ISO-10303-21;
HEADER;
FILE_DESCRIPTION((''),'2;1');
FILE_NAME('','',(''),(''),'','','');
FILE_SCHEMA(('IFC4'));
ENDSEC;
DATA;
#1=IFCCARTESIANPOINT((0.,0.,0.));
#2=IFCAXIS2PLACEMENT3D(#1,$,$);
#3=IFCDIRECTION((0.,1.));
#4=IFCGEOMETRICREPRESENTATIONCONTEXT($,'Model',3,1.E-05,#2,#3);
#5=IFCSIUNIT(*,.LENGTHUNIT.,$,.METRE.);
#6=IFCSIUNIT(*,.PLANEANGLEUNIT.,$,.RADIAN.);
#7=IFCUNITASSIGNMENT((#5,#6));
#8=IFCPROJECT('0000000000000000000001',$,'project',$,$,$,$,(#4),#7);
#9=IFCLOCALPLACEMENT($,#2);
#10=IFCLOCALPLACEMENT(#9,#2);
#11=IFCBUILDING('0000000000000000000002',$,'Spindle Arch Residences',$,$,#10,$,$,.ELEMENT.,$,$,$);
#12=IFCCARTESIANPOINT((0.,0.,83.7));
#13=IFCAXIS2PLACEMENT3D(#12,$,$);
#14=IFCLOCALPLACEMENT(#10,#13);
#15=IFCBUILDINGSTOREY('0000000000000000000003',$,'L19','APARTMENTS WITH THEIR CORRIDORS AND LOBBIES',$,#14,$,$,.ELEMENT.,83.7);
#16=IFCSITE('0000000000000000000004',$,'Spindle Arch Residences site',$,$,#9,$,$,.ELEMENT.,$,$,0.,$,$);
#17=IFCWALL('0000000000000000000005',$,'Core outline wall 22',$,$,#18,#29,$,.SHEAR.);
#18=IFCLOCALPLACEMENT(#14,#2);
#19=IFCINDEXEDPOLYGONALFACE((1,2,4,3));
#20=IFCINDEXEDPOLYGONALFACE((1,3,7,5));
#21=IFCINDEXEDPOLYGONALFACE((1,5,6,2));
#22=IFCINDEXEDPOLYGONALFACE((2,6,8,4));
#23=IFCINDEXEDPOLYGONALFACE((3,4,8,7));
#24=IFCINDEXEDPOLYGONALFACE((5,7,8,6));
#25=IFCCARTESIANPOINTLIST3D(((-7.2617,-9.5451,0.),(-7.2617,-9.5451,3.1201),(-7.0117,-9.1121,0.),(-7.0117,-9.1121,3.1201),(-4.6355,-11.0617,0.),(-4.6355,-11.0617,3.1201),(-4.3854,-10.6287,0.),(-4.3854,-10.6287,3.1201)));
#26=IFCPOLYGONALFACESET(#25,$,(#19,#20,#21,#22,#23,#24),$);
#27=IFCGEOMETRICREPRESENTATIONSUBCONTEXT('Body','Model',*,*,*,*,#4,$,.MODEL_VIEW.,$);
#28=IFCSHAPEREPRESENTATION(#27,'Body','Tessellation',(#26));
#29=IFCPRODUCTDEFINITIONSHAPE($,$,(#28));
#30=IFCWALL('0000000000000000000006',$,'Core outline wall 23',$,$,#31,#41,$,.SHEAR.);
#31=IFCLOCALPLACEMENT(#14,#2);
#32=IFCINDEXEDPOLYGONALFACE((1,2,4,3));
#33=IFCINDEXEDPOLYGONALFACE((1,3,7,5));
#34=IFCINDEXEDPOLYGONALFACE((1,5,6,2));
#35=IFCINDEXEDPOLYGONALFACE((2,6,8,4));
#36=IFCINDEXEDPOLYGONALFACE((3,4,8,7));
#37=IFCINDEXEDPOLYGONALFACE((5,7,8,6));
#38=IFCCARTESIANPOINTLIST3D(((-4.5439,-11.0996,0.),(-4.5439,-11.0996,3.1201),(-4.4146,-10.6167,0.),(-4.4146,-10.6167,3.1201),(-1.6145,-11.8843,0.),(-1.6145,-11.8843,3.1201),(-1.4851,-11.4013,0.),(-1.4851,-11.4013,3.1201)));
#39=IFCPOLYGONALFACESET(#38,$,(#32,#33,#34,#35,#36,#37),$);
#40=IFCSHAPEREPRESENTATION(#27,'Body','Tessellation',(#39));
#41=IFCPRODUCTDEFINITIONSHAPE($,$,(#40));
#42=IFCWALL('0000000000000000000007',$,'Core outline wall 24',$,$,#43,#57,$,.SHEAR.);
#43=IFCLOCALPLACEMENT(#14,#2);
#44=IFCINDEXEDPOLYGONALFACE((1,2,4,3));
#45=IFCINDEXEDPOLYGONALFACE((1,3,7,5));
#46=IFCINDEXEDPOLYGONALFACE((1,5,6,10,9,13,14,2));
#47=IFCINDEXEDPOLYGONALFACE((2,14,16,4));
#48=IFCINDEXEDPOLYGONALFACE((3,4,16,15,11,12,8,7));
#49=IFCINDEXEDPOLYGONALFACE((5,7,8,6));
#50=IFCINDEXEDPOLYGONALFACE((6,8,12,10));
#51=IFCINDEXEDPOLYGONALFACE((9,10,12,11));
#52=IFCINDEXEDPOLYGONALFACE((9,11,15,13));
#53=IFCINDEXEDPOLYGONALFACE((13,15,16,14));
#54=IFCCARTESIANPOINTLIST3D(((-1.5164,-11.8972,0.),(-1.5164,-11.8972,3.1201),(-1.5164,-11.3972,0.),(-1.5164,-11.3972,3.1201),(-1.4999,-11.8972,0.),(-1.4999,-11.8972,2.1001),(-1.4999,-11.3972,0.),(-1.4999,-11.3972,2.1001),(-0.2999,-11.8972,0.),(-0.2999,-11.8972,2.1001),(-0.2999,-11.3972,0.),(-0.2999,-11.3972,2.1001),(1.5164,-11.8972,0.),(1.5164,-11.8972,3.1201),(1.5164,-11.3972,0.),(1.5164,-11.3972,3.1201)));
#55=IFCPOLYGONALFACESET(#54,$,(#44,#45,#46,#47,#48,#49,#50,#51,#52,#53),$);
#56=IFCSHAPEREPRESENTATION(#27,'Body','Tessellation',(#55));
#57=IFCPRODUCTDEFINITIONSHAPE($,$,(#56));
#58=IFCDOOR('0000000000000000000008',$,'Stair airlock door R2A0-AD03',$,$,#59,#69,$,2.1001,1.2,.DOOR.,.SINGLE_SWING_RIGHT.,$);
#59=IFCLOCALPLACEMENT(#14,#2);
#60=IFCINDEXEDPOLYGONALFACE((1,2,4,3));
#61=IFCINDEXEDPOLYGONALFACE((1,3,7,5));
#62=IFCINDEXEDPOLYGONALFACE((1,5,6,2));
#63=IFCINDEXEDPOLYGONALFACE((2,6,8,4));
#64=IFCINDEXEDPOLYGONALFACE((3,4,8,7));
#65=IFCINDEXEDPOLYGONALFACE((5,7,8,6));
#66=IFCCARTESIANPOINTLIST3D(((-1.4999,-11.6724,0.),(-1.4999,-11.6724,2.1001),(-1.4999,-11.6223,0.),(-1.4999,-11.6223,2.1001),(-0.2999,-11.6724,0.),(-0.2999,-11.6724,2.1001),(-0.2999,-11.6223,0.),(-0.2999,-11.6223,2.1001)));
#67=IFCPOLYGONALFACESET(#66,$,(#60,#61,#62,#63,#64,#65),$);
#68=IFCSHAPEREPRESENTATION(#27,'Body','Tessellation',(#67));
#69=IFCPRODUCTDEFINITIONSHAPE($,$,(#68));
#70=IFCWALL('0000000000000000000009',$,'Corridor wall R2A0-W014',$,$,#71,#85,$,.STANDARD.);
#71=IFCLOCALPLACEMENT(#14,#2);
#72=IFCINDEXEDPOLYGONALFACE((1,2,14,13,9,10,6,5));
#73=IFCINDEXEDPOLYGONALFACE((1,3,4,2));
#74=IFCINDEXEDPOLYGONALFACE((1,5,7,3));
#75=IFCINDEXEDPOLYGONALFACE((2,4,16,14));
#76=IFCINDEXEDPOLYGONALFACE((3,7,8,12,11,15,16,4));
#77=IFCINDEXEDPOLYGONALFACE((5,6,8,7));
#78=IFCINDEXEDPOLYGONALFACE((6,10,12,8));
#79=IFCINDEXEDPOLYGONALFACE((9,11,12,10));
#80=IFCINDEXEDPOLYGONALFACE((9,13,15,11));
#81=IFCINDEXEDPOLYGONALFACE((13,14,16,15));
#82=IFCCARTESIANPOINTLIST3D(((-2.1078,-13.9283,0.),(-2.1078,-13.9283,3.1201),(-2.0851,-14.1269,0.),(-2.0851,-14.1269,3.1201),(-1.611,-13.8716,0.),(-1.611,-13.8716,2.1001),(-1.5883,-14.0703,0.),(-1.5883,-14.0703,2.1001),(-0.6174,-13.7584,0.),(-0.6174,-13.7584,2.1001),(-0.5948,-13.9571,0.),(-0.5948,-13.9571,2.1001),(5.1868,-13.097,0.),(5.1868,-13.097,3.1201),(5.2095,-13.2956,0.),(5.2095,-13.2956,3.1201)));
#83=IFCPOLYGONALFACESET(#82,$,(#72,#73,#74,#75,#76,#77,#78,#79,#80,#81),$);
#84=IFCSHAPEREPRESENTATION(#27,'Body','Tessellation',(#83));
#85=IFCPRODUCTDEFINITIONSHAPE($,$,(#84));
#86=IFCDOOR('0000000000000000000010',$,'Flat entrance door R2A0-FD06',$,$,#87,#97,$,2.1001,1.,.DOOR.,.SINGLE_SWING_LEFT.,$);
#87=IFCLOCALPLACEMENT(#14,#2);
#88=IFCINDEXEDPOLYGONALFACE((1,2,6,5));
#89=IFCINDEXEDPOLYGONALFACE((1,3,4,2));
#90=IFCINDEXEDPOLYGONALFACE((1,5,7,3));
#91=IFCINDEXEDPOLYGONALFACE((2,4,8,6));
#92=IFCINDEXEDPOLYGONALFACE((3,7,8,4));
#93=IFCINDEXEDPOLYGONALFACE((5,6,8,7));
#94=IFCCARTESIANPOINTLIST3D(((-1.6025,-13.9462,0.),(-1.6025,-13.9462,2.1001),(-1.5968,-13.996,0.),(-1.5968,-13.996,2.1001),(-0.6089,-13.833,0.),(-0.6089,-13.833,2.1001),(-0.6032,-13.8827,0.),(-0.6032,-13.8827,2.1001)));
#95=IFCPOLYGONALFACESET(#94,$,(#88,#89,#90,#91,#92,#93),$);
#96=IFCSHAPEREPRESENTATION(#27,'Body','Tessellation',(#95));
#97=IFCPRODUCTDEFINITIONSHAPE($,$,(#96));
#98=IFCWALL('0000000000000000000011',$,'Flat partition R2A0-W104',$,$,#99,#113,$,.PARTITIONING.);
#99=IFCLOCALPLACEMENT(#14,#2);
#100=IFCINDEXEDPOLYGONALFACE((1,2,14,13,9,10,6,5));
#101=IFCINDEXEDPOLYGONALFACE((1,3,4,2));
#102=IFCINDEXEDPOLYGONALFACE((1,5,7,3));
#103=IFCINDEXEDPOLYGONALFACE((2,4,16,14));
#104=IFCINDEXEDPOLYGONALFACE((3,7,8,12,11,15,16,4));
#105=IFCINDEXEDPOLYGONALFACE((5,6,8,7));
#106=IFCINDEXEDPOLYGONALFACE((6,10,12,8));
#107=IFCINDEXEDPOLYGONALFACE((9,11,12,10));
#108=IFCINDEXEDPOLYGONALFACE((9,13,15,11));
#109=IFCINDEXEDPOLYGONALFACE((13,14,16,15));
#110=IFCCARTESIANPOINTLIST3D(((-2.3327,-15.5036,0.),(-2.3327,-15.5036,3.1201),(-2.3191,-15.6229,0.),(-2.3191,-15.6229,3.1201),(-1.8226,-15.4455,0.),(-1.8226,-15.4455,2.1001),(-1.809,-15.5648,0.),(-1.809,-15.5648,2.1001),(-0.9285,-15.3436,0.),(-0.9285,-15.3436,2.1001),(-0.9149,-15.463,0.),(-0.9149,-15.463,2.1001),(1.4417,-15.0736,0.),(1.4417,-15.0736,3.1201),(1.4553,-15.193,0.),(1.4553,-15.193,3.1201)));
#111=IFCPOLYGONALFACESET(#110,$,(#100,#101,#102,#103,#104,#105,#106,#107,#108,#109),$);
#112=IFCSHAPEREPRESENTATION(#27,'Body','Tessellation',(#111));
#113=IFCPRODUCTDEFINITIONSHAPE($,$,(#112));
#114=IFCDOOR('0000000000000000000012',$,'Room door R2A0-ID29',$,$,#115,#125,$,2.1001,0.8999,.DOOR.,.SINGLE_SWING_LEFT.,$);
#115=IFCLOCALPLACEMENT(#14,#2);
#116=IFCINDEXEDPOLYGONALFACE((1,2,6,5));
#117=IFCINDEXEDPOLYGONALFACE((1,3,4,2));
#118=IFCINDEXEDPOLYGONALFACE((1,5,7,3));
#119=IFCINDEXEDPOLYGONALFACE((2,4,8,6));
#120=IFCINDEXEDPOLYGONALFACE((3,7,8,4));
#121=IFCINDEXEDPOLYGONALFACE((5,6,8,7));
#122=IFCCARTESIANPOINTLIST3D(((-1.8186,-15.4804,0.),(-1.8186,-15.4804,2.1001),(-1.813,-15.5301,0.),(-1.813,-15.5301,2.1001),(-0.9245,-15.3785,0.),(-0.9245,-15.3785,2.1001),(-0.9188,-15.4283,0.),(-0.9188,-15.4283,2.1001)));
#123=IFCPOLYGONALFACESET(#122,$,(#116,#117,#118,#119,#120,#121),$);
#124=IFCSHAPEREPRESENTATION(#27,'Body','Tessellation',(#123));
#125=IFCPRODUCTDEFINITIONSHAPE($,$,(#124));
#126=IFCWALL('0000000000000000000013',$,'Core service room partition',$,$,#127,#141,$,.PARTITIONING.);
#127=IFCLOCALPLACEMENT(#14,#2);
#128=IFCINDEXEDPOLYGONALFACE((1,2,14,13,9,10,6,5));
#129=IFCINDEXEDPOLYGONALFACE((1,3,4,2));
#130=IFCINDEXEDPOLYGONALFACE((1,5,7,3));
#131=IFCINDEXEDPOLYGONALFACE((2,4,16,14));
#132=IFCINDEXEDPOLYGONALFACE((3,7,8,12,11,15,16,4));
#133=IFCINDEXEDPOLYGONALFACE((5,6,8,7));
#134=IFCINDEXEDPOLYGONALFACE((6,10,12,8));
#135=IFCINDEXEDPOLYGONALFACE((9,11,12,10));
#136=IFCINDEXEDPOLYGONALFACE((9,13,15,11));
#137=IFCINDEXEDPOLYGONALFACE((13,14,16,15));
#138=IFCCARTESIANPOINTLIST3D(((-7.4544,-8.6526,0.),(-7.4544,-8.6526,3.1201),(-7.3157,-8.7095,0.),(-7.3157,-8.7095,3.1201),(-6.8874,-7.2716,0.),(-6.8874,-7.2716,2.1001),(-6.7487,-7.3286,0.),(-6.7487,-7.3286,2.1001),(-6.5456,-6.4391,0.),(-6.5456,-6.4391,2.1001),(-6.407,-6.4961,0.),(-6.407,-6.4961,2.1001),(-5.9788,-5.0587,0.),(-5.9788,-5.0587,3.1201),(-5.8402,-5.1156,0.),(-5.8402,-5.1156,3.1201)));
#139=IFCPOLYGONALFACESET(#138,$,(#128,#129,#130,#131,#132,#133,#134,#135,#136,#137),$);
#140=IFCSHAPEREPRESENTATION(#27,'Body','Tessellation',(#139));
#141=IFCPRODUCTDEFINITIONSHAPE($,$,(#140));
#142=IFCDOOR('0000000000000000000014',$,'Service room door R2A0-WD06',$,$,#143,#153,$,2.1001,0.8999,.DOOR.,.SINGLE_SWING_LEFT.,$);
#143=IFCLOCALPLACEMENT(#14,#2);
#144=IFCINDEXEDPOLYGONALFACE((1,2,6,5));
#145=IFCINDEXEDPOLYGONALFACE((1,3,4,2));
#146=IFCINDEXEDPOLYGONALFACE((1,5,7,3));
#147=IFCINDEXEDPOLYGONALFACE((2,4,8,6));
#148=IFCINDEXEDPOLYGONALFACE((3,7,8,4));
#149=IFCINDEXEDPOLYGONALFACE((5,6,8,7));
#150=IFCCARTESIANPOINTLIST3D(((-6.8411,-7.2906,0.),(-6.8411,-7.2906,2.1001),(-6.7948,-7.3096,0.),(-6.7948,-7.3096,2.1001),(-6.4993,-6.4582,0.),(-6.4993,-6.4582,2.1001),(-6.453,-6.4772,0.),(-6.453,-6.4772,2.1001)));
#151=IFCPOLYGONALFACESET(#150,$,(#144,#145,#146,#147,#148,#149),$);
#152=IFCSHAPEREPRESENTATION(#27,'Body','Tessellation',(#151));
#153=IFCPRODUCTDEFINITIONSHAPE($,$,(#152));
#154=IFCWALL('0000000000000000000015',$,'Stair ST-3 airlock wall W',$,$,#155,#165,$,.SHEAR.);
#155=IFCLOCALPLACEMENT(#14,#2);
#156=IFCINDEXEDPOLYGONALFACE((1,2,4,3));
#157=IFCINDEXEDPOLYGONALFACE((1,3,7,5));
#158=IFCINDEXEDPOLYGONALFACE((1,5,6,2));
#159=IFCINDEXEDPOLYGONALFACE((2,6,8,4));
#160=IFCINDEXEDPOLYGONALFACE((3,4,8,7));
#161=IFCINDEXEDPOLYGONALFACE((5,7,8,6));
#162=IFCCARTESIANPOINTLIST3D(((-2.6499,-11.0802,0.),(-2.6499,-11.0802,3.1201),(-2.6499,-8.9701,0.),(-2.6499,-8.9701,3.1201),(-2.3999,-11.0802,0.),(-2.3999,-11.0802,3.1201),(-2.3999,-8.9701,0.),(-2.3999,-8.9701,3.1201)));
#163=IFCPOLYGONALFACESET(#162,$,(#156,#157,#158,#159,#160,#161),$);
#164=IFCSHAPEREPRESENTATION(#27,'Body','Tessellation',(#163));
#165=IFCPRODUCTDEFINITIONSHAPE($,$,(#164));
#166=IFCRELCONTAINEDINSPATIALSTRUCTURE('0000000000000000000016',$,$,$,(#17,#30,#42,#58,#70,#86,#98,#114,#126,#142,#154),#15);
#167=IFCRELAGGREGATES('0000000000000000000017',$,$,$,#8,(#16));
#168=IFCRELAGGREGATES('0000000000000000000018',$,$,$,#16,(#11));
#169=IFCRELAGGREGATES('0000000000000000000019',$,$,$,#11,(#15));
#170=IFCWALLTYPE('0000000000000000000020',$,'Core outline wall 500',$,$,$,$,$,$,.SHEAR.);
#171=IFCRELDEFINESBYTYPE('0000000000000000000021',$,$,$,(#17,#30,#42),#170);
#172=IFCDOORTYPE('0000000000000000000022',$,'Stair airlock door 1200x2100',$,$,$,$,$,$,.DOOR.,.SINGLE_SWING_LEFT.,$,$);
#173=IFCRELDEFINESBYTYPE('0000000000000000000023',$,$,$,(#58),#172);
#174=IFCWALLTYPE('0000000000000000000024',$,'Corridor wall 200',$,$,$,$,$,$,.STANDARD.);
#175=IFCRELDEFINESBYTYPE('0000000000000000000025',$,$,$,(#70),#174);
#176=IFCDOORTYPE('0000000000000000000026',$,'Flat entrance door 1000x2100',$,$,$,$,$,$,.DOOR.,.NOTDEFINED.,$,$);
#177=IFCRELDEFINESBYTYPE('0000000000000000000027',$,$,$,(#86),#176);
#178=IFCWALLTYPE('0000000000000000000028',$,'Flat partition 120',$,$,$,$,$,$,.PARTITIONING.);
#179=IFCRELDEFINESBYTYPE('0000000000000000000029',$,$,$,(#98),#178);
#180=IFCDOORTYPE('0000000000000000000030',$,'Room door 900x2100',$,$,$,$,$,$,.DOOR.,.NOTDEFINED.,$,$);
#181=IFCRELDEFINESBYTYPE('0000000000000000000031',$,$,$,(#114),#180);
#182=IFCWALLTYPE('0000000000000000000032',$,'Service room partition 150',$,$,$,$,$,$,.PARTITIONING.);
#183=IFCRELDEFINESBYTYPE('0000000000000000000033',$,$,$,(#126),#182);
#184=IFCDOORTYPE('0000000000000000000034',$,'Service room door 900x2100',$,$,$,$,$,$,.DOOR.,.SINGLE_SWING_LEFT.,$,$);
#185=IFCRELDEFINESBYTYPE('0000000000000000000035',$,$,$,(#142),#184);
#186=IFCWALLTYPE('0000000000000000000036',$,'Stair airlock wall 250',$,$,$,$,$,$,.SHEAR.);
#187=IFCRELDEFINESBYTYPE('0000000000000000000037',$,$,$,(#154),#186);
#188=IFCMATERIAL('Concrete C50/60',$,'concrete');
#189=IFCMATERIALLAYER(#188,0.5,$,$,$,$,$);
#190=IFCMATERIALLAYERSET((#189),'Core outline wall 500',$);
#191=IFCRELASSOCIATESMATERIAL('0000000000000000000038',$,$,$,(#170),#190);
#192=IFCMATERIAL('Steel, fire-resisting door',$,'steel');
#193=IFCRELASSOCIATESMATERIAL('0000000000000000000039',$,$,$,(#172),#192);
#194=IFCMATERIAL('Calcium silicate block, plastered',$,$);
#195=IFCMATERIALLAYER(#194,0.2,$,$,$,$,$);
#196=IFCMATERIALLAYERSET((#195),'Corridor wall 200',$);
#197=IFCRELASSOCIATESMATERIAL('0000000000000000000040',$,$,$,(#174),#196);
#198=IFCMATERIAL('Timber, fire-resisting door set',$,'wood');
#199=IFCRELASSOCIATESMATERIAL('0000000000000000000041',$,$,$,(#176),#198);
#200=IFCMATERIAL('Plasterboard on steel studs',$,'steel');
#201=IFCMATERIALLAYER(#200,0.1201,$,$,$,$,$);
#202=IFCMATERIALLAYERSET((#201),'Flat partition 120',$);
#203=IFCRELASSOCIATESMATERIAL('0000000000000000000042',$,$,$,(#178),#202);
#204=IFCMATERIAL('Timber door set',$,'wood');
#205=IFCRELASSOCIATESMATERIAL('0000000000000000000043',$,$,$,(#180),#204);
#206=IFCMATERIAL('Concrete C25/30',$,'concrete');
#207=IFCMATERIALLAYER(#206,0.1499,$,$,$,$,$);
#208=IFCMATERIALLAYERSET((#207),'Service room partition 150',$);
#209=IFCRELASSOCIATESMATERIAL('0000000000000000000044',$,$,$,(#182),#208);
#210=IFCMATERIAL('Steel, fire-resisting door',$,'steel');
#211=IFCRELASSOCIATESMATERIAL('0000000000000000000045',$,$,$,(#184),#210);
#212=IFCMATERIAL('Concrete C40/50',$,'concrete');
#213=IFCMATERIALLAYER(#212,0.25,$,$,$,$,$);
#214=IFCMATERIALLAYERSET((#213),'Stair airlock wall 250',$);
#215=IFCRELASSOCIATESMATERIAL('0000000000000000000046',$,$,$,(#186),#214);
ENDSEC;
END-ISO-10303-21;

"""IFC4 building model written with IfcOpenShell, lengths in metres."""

from ifc_helpers import new_model, si_unit, direction, frame, frame_2d, origin, place, context, subcontext, project, spatial, rectangle, extrude, material, layer, layer_set, type_object, element, fill, save


model = new_model("IFC4")

# Units and contexts
model_context = context("Model", 3, precision=1e-05, world=origin(), true_north=direction((0.0, 1.0)))
body_context = subcontext(model_context, "Body", "Model", "MODEL_VIEW")
ifc_project = project(units=[si_unit("LENGTHUNIT", "METRE"), si_unit("PLANEANGLEUNIT", "RADIAN")], contexts=[model_context])

# Site, building, storey
site_placement = place(None, origin())
site = spatial("IfcSite", under=ifc_project, at=site_placement, Name="Spindle Arch Residences site", CompositionType="ELEMENT", RefElevation=0.0)
building_placement = place(site_placement, origin())
building = spatial("IfcBuilding", under=site, at=building_placement, Name="Spindle Arch Residences", CompositionType="ELEMENT")
storey_placement = place(building_placement, frame((0.0, 0.0, 83.7)))
storey = spatial("IfcBuildingStorey", under=building, at=storey_placement, Name="L19", Description="APARTMENTS WITH THEIR CORRIDORS AND LOBBIES", CompositionType="ELEMENT", Elevation=83.7)

# Walls
ifc_material_1 = material(Name="Concrete C50/60", Category="concrete")
ifc_layer_1 = layer(ifc_material_1, 0.5)
ifc_layer_set_1 = layer_set([ifc_layer_1], Name="Core outline wall 500")
wall_type_1 = type_object("IfcWallType", Name="Core outline wall 500", PredefinedType="SHEAR", material=ifc_layer_set_1)
for number, where, z_axis, x_axis, name in (
    (1, (-7.1367, -9.3286, 0.0), (0.0, 0.0, 1.0), (0.865975, -0.500087, 0.0), "Core outline wall 22"),
    (2, (-4.4792, -10.8582, 0.0), (0.0, 0.0, 1.0), (0.965948, -0.258735, 0.0), "Core outline wall 23"),
):
    element("IfcWall", number, at=place(storey_placement, frame(where, z_axis=z_axis, x_axis=x_axis)), inside=storey, type_object=wall_type_1, Name=name, PredefinedType="SHEAR", context=body_context, shape_type="SweptSolid", body=[
        extrude(rectangle(XDim=3.0327, YDim=0.5, at=frame_2d((1.5164, 0.0))), origin(), (0.0, 0.0, 1.0), 3.1201),
    ])

# Walls, openings, doors
wall_1_placement = place(storey_placement, frame((-1.5164, -11.6472, 0.0), z_axis=(0.0, 0.0, 1.0), x_axis=(1.0, 0.0, 0.0)))
wall_1 = element("IfcWall", 3, at=wall_1_placement, inside=storey, type_object=wall_type_1, Name="Core outline wall 24", PredefinedType="SHEAR", context=body_context, shape_type="SweptSolid", body=[
    extrude(rectangle(XDim=3.0327, YDim=0.5, at=frame_2d((1.5164, 0.0))), origin(), (0.0, 0.0, 1.0), 3.1201),
])
opening_1_placement = place(wall_1_placement, frame((0.0164, 0.0, 0.0)))
opening_1 = element("IfcOpeningElement", 4, at=opening_1_placement, cuts=wall_1, PredefinedType="OPENING", context=body_context, shape_type="SweptSolid", body=[
    extrude(rectangle(XDim=1.2, YDim=2.1001, at=frame_2d((0.6001, 1.05))), frame((0.0, 0.26, 0.0), z_axis=(0.0, -1.0, 0.0), x_axis=(1.0, 0.0, 0.0)), (0.0, 0.0, 1.0), 0.52),
])
ifc_material_2 = material(Name="Steel, fire-resisting door", Category="steel")
door_type_1 = type_object("IfcDoorType", Name="Stair airlock door 1200x2100", OperationType="SINGLE_SWING_LEFT", PredefinedType="DOOR", material=ifc_material_2)
door_1_placement = place(opening_1_placement, origin())
door_1 = element("IfcDoor", 5, at=door_1_placement, inside=storey, type_object=door_type_1, Name="Stair airlock door R2A0-AD03", OperationType="SINGLE_SWING_RIGHT", OverallHeight=2.1001, OverallWidth=1.2, PredefinedType="DOOR", context=body_context, shape_type="SweptSolid", body=[
    extrude(rectangle(XDim=1.2, YDim=2.1001, at=frame_2d((0.6001, 1.05))), frame((0.0, 0.0249, 0.0), z_axis=(0.0, -1.0, 0.0), x_axis=(1.0, 0.0, 0.0)), (0.0, 0.0, 1.0), 0.05),
])
fill(opening_1, door_1)
ifc_material_3 = material(Name="Calcium silicate block, plastered")
ifc_layer_2 = layer(ifc_material_3, 0.2)
ifc_layer_set_2 = layer_set([ifc_layer_2], Name="Corridor wall 200")
wall_type_2 = type_object("IfcWallType", Name="Corridor wall 200", PredefinedType="STANDARD", material=ifc_layer_set_2)
wall_2_placement = place(storey_placement, frame((-2.0964, -14.0276, 0.0), z_axis=(0.0, 0.0, 1.0), x_axis=(0.993569, 0.113227, 0.0)))
wall_2 = element("IfcWall", 6, at=wall_2_placement, inside=storey, type_object=wall_type_2, Name="Corridor wall R2A0-W014", PredefinedType="STANDARD", context=body_context, shape_type="SweptSolid", body=[
    extrude(rectangle(XDim=7.3418, YDim=0.2, at=frame_2d((3.6709, 0.0))), origin(), (0.0, 0.0, 1.0), 3.1201),
])
opening_2_placement = place(wall_2_placement, frame((0.5, 0.0, 0.0)))
opening_2 = element("IfcOpeningElement", 7, at=opening_2_placement, cuts=wall_2, PredefinedType="OPENING", context=body_context, shape_type="SweptSolid", body=[
    extrude(rectangle(XDim=1.0, YDim=2.1001, at=frame_2d((0.5, 1.05))), frame((0.0, 0.1099, 0.0), z_axis=(0.0, -1.0, 0.0), x_axis=(1.0, 0.0, 0.0)), (0.0, 0.0, 1.0), 0.22),
])
ifc_material_4 = material(Name="Timber, fire-resisting door set", Category="wood")
door_type_2 = type_object("IfcDoorType", Name="Flat entrance door 1000x2100", OperationType="NOTDEFINED", PredefinedType="DOOR", material=ifc_material_4)
door_2_placement = place(opening_2_placement, origin())
door_2 = element("IfcDoor", 8, at=door_2_placement, inside=storey, type_object=door_type_2, Name="Flat entrance door R2A0-FD06", OperationType="SINGLE_SWING_LEFT", OverallHeight=2.1001, OverallWidth=1.0, PredefinedType="DOOR", context=body_context, shape_type="SweptSolid", body=[
    extrude(rectangle(XDim=1.0, YDim=2.1001, at=frame_2d((0.5, 1.05))), frame((0.0, 0.0249, 0.0), z_axis=(0.0, -1.0, 0.0), x_axis=(1.0, 0.0, 0.0)), (0.0, 0.0, 1.0), 0.05),
])
fill(opening_2, door_2)
ifc_material_5 = material(Name="Plasterboard on steel studs", Category="steel")
ifc_layer_3 = layer(ifc_material_5, 0.1201)
ifc_layer_set_3 = layer_set([ifc_layer_3], Name="Flat partition 120")
wall_type_3 = type_object("IfcWallType", Name="Flat partition 120", PredefinedType="PARTITIONING", material=ifc_layer_set_3)
wall_3_placement = place(storey_placement, frame((-2.3259, -15.5632, 0.0), z_axis=(0.0, 0.0, 1.0), x_axis=(0.993575, 0.113175, 0.0)))
wall_3 = element("IfcWall", 9, at=wall_3_placement, inside=storey, type_object=wall_type_3, Name="Flat partition R2A0-W104", PredefinedType="PARTITIONING", context=body_context, shape_type="SweptSolid", body=[
    extrude(rectangle(XDim=3.7988, YDim=0.1201, at=frame_2d((1.8994, 0.0))), origin(), (0.0, 0.0, 1.0), 3.1201),
])
opening_3_placement = place(wall_3_placement, frame((0.5134, 0.0, 0.0)))
opening_3 = element("IfcOpeningElement", 10, at=opening_3_placement, cuts=wall_3, PredefinedType="OPENING", context=body_context, shape_type="SweptSolid", body=[
    extrude(rectangle(XDim=0.8999, YDim=2.1001, at=frame_2d((0.45, 1.05))), frame((0.0, 0.0701, 0.0), z_axis=(0.0, -1.0, 0.0), x_axis=(1.0, 0.0, 0.0)), (0.0, 0.0, 1.0), 0.1401),
])
ifc_material_6 = material(Name="Timber door set", Category="wood")
door_type_3 = type_object("IfcDoorType", Name="Room door 900x2100", OperationType="NOTDEFINED", PredefinedType="DOOR", material=ifc_material_6)
door_3_placement = place(opening_3_placement, origin())
door_3 = element("IfcDoor", 11, at=door_3_placement, inside=storey, type_object=door_type_3, Name="Room door R2A0-ID29", OperationType="SINGLE_SWING_LEFT", OverallHeight=2.1001, OverallWidth=0.8999, PredefinedType="DOOR", context=body_context, shape_type="SweptSolid", body=[
    extrude(rectangle(XDim=0.8999, YDim=2.1001, at=frame_2d((0.45, 1.05))), frame((0.0, 0.0249, 0.0), z_axis=(0.0, -1.0, 0.0), x_axis=(1.0, 0.0, 0.0)), (0.0, 0.0, 1.0), 0.05),
])
fill(opening_3, door_3)
ifc_material_7 = material(Name="Concrete C25/30", Category="concrete")
ifc_layer_4 = layer(ifc_material_7, 0.1499)
ifc_layer_set_4 = layer_set([ifc_layer_4], Name="Service room partition 150")
wall_type_4 = type_object("IfcWallType", Name="Service room partition 150", PredefinedType="PARTITIONING", material=ifc_layer_set_4)
wall_4_placement = place(storey_placement, frame((-7.385, -8.6809, 0.0), z_axis=(0.0, 0.0, 1.0), x_axis=(0.379805, 0.925067, 0.0)))
wall_4 = element("IfcWall", 12, at=wall_4_placement, inside=storey, type_object=wall_type_4, Name="Core service room partition", PredefinedType="PARTITIONING", context=body_context, shape_type="SweptSolid", body=[
    extrude(rectangle(XDim=3.885, YDim=0.1499, at=frame_2d((1.9424, 0.0))), origin(), (0.0, 0.0, 1.0), 3.1201),
])
opening_4_placement = place(wall_4_placement, frame((1.4927, 0.0, 0.0)))
opening_4 = element("IfcOpeningElement", 13, at=opening_4_placement, cuts=wall_4, PredefinedType="OPENING", context=body_context, shape_type="SweptSolid", body=[
    extrude(rectangle(XDim=0.8999, YDim=2.1001, at=frame_2d((0.45, 1.05))), frame((0.0, 0.085, 0.0), z_axis=(0.0, -1.0, 0.0), x_axis=(1.0, 0.0, 0.0)), (0.0, 0.0, 1.0), 0.1699),
])
ifc_material_8 = material(Name="Steel, fire-resisting door", Category="steel")
door_type_4 = type_object("IfcDoorType", Name="Service room door 900x2100", OperationType="SINGLE_SWING_LEFT", PredefinedType="DOOR", material=ifc_material_8)
door_4_placement = place(opening_4_placement, origin())
door_4 = element("IfcDoor", 14, at=door_4_placement, inside=storey, type_object=door_type_4, Name="Service room door R2A0-WD06", OperationType="SINGLE_SWING_LEFT", OverallHeight=2.1001, OverallWidth=0.8999, PredefinedType="DOOR", context=body_context, shape_type="SweptSolid", body=[
    extrude(rectangle(XDim=0.8999, YDim=2.1001, at=frame_2d((0.45, 1.05))), frame((0.0, 0.0249, 0.0), z_axis=(0.0, -1.0, 0.0), x_axis=(1.0, 0.0, 0.0)), (0.0, 0.0, 1.0), 0.05),
])
fill(opening_4, door_4)

# Wall
ifc_material_9 = material(Name="Concrete C40/50", Category="concrete")
ifc_layer_5 = layer(ifc_material_9, 0.25)
ifc_layer_set_5 = layer_set([ifc_layer_5], Name="Stair airlock wall 250")
wall_type_5 = type_object("IfcWallType", Name="Stair airlock wall 250", PredefinedType="SHEAR", material=ifc_layer_set_5)
wall_5_placement = place(storey_placement, frame((-2.5249, -8.97, 0.0), z_axis=(0.0, 0.0, 1.0), x_axis=(0.0, -1.0, 0.0)))
element("IfcWall", 15, at=wall_5_placement, inside=storey, type_object=wall_type_5, Name="Stair ST-3 airlock wall W", PredefinedType="SHEAR", context=body_context, shape_type="SweptSolid", body=[
    extrude(rectangle(XDim=2.1101, YDim=0.25, at=frame_2d((1.0552, 0.0))), origin(), (0.0, 0.0, 1.0), 3.1201),
])

save(model, "model.ifc")
